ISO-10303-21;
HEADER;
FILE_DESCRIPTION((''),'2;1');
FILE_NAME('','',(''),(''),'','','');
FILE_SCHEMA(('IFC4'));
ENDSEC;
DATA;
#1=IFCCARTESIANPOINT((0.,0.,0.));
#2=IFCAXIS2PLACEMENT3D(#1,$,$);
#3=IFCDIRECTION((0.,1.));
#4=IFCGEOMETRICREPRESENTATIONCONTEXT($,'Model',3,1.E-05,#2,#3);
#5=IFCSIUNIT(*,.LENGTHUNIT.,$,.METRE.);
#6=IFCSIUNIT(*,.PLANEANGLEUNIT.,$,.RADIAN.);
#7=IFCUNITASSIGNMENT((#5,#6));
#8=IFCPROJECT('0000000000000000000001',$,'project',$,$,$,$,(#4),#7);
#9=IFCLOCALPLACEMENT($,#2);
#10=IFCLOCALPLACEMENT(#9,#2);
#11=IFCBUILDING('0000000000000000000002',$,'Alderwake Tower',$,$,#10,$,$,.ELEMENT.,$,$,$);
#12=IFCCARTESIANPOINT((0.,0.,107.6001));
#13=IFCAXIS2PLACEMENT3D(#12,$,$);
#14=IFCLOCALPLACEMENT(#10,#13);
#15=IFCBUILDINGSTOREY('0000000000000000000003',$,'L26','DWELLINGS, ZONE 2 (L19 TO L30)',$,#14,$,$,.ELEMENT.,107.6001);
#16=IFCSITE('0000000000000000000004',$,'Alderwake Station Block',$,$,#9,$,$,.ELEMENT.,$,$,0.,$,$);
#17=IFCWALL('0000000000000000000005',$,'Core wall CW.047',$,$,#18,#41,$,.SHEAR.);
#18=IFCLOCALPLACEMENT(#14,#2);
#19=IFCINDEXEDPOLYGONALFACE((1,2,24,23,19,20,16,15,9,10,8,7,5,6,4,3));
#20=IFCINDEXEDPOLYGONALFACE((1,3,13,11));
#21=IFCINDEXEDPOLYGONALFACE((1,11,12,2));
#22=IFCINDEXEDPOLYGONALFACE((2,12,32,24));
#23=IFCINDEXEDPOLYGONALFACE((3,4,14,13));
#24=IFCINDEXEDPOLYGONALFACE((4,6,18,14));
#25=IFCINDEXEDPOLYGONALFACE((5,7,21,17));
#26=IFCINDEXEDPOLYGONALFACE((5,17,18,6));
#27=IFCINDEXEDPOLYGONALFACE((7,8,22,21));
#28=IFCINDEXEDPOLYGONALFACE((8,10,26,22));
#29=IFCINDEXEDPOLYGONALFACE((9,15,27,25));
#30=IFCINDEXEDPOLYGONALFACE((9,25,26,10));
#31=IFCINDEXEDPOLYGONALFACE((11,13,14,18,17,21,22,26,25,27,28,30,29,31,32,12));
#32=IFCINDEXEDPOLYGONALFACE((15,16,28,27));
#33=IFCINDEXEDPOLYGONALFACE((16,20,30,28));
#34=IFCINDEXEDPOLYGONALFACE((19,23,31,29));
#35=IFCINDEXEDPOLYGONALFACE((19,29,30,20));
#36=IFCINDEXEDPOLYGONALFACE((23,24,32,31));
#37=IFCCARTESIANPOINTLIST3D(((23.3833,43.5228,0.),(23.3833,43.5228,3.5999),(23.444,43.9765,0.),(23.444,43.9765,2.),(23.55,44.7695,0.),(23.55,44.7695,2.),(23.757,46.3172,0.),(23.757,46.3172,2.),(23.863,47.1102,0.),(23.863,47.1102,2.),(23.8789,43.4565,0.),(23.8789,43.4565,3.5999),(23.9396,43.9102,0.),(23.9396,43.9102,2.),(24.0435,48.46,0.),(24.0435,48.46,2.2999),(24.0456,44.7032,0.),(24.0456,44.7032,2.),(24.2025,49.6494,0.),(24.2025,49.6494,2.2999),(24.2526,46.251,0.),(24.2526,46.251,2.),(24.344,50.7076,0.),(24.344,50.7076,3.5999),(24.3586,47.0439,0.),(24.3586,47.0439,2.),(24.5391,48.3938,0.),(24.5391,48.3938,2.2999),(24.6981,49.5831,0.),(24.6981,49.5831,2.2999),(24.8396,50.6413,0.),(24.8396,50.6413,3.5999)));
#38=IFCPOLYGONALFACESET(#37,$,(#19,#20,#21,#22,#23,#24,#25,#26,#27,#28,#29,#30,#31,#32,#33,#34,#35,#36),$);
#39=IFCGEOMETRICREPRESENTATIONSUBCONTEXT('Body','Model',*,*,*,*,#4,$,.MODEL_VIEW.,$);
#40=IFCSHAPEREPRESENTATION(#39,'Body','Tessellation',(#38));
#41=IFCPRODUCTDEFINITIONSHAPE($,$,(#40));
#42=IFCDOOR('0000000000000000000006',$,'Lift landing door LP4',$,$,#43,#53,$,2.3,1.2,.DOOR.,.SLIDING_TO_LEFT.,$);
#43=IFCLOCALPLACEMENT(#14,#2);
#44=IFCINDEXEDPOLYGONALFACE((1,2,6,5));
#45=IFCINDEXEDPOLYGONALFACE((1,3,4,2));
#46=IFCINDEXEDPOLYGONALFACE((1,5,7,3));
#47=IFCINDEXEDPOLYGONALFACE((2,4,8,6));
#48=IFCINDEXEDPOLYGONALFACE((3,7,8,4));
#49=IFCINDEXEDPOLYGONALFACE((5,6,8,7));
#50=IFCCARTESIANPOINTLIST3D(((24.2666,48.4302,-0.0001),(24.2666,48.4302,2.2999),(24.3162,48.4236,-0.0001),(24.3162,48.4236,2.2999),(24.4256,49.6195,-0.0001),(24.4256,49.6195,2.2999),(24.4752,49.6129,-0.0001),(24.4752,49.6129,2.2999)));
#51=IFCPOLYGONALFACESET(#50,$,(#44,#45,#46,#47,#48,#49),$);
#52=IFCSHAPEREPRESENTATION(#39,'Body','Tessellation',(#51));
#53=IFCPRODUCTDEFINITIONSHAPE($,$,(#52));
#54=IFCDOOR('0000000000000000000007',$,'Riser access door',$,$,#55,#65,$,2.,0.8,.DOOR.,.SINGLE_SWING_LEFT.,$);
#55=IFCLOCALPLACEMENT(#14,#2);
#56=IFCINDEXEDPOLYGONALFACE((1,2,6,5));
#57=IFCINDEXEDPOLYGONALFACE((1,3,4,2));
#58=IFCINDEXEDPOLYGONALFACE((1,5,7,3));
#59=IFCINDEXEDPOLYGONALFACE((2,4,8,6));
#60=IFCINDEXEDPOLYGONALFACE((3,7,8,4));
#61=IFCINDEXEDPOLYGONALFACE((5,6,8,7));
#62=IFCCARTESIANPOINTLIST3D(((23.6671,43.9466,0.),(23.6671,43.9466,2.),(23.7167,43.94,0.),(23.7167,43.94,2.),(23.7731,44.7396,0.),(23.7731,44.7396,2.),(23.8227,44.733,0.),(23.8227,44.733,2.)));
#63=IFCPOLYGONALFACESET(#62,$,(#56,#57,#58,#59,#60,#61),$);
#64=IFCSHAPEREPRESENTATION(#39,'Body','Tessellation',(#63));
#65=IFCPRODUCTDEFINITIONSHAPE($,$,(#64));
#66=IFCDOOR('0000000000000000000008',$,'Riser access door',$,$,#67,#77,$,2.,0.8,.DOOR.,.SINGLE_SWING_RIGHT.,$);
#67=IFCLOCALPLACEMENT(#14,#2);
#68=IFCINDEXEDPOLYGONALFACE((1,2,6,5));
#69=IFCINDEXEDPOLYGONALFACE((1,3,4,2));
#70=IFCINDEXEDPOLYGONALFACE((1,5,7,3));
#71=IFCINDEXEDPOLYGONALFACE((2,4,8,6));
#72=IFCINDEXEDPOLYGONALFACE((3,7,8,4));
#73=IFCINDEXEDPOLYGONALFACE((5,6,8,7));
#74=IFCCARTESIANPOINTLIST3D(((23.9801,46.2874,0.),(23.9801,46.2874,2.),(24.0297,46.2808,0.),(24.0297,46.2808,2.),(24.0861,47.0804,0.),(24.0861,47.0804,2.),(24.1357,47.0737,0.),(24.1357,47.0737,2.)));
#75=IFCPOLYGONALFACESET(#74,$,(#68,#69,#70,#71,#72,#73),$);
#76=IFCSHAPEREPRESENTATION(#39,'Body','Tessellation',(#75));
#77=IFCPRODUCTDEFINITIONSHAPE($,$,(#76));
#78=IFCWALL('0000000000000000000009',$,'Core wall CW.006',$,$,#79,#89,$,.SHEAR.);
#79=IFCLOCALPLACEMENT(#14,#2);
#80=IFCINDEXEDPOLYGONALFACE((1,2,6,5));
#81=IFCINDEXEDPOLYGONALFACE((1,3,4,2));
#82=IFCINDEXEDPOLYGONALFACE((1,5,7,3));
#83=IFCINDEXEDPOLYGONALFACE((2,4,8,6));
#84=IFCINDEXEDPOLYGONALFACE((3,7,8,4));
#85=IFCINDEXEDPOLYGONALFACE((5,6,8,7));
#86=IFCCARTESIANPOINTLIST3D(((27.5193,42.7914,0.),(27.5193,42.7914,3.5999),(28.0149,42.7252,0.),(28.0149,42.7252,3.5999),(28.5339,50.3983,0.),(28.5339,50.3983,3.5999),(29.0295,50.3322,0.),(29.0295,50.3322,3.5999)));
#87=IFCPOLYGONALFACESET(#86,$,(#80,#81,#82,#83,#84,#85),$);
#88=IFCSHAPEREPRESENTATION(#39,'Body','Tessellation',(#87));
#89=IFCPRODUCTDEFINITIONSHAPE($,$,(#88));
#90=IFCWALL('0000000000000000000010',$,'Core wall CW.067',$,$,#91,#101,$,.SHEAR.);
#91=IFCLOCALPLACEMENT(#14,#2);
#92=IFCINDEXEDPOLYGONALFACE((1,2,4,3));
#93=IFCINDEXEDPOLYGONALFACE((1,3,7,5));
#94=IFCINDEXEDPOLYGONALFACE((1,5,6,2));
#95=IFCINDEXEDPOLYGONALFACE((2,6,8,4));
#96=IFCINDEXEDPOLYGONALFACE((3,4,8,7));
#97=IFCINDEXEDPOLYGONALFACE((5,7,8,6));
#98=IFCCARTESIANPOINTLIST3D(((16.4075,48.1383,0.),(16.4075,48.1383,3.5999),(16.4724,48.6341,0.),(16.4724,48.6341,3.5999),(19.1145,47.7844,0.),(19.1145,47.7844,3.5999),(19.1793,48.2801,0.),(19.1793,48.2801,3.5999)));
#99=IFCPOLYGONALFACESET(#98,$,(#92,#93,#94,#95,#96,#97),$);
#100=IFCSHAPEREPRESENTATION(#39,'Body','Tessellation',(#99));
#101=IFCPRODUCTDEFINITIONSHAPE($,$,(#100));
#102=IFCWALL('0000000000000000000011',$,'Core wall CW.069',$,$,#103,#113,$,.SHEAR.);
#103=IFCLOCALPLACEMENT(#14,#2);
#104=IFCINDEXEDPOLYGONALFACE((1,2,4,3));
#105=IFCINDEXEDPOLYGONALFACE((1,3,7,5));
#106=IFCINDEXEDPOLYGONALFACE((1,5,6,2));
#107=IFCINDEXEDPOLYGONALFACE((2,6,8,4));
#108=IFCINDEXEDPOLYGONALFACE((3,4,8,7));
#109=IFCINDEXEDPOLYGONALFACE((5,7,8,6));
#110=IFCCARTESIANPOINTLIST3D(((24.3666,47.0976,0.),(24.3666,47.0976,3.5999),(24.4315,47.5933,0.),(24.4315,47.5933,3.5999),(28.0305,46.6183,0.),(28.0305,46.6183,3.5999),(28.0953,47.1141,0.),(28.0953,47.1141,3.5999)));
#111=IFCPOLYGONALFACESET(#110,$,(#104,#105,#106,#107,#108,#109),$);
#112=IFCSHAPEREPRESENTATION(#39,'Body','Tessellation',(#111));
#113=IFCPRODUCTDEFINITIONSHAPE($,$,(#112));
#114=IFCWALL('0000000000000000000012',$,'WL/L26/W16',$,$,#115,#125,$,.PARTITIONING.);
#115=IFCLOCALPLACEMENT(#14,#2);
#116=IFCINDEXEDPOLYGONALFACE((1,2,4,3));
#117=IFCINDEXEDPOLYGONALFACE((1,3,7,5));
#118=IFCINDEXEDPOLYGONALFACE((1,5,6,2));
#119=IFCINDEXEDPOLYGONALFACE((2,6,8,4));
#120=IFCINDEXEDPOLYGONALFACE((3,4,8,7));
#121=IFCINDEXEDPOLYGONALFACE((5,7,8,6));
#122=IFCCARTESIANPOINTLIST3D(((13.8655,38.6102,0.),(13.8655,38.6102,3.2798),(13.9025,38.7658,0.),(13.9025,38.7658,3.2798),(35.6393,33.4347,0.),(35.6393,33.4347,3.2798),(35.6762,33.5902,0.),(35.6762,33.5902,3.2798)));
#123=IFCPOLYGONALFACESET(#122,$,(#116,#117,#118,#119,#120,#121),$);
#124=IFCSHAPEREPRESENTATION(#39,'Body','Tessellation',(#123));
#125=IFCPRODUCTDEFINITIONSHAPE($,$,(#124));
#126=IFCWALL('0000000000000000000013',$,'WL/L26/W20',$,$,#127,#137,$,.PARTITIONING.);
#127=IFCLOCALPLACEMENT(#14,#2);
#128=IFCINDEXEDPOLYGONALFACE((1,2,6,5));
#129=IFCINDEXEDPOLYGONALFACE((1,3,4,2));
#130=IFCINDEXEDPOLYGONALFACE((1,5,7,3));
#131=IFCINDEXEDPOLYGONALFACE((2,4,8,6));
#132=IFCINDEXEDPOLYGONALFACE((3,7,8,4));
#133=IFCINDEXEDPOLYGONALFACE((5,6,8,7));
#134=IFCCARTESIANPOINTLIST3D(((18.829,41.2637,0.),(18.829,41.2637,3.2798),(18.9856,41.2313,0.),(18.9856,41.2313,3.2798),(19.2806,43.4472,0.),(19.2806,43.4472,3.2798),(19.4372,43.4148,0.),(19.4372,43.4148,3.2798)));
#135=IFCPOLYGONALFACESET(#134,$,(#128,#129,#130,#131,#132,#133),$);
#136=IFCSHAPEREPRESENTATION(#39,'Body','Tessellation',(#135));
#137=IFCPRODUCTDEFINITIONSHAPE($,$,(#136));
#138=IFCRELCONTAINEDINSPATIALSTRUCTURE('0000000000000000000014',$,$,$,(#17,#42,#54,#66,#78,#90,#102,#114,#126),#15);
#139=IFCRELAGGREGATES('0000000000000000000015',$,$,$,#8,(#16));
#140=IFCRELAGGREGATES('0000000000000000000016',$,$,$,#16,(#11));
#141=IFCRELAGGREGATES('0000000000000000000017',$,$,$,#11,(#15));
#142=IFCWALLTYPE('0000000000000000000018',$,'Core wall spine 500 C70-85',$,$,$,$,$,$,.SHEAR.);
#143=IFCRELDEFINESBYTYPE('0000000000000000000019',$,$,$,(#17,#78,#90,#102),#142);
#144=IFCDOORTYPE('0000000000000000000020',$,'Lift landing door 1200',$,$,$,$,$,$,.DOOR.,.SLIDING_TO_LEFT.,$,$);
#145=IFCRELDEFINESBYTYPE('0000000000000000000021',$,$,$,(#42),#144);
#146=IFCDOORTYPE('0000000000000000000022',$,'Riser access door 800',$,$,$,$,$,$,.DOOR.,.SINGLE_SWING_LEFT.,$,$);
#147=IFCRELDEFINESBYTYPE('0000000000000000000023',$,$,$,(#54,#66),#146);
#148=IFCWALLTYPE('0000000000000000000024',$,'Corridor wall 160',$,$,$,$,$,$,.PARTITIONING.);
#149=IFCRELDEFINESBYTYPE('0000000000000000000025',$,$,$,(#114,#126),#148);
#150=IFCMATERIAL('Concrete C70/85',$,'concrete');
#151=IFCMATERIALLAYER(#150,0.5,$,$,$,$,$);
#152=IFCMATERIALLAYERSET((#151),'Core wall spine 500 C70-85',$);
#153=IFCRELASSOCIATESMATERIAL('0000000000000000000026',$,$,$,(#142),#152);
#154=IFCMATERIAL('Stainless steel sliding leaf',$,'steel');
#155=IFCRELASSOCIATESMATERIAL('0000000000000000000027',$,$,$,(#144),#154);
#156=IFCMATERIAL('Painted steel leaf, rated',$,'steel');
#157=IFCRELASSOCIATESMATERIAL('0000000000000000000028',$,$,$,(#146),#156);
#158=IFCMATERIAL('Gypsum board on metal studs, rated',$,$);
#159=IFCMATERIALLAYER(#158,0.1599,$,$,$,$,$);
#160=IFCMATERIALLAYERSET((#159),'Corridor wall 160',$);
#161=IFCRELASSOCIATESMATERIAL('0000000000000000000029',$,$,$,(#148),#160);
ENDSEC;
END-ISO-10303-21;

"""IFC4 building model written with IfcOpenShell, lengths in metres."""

from ifc_helpers import new_model, si_unit, direction, frame, frame_2d, origin, place, context, subcontext, project, spatial, rectangle, extrude, material, layer, layer_set, type_object, element, fill, save


model = new_model("IFC4")

# Units and contexts
model_context = context("Model", 3, precision=1e-05, world=origin(), true_north=direction((0.0, 1.0)))
body_context = subcontext(model_context, "Body", "Model", "MODEL_VIEW")
ifc_project = project(units=[si_unit("LENGTHUNIT", "METRE"), si_unit("PLANEANGLEUNIT", "RADIAN")], contexts=[model_context])

# Site, building, storey
site_placement = place(None, origin())
site = spatial("IfcSite", under=ifc_project, at=site_placement, Name="Alderwake Station Block", CompositionType="ELEMENT", RefElevation=0.0)
building_placement = place(site_placement, origin())
building = spatial("IfcBuilding", under=site, at=building_placement, Name="Alderwake Tower", CompositionType="ELEMENT")
storey_placement = place(building_placement, frame((0.0, 0.0, 107.6001)))
storey = spatial("IfcBuildingStorey", under=building, at=storey_placement, Name="L26", Description="DWELLINGS, ZONE 2 (L19 TO L30)", CompositionType="ELEMENT", Elevation=107.6001)

# Wall, openings, doors
ifc_material_1 = material(Name="Concrete C70/85", Category="concrete")
ifc_layer_1 = layer(ifc_material_1, 0.5)
ifc_layer_set_1 = layer_set([ifc_layer_1], Name="Core wall spine 500 C70-85")
wall_type_1 = type_object("IfcWallType", Name="Core wall spine 500 C70-85", PredefinedType="SHEAR", material=ifc_layer_set_1)
wall_1_placement = place(storey_placement, frame((23.6311, 43.4895, 0.0), z_axis=(0.0, 0.0, 1.0), x_axis=(0.132532, 0.991179, 0.0)))
wall_1 = element("IfcWall", 1, at=wall_1_placement, inside=storey, type_object=wall_type_1, Name="Core wall CW.047", PredefinedType="SHEAR", context=body_context, shape_type="SweptSolid", body=[
    extrude(rectangle(XDim=7.2488, YDim=0.5, at=frame_2d((3.6245, 0.0))), origin(), (0.0, 0.0, 1.0), 3.5999),
])
opening_1_placement = place(wall_1_placement, frame((4.9812, 0.0, 0.0)))
opening_1 = element("IfcOpeningElement", 2, at=opening_1_placement, cuts=wall_1, PredefinedType="OPENING", context=body_context, shape_type="SweptSolid", body=[
    extrude(rectangle(XDim=1.2, YDim=2.3, at=frame_2d((0.6001, 1.1499))), frame((0.0, 0.26, 0.0), z_axis=(0.0, -1.0, 0.0), x_axis=(1.0, 0.0, 0.0)), (0.0, 0.0, 1.0), 0.52),
])
opening_2_placement = place(wall_1_placement, frame((0.458, 0.0, 0.0)))
opening_2 = element("IfcOpeningElement", 3, at=opening_2_placement, cuts=wall_1, PredefinedType="OPENING", context=body_context, shape_type="SweptSolid", body=[
    extrude(rectangle(XDim=0.8, YDim=2.0, at=frame_2d((0.3999, 1.0))), frame((0.0, 0.26, 0.0), z_axis=(0.0, -1.0, 0.0), x_axis=(1.0, 0.0, 0.0)), (0.0, 0.0, 1.0), 0.52),
])
opening_3_placement = place(wall_1_placement, frame((2.8196, 0.0, 0.0)))
opening_3 = element("IfcOpeningElement", 4, at=opening_3_placement, cuts=wall_1, PredefinedType="OPENING", context=body_context, shape_type="SweptSolid", body=[
    extrude(rectangle(XDim=0.8, YDim=2.0, at=frame_2d((0.3999, 1.0))), frame((0.0, 0.26, 0.0), z_axis=(0.0, -1.0, 0.0), x_axis=(1.0, 0.0, 0.0)), (0.0, 0.0, 1.0), 0.52),
])
ifc_material_2 = material(Name="Stainless steel sliding leaf", Category="steel")
door_type_1 = type_object("IfcDoorType", Name="Lift landing door 1200", OperationType="SLIDING_TO_LEFT", PredefinedType="DOOR", material=ifc_material_2)
door_1_placement = place(opening_1_placement, origin())
door_1 = element("IfcDoor", 5, at=door_1_placement, inside=storey, type_object=door_type_1, Name="Lift landing door LP4", OperationType="SLIDING_TO_LEFT", OverallHeight=2.3, OverallWidth=1.2, PredefinedType="DOOR", context=body_context, shape_type="SweptSolid", body=[
    extrude(rectangle(XDim=1.2, YDim=2.3, at=frame_2d((0.6001, 1.1499))), frame((0.0, 0.0249, 0.0), z_axis=(0.0, -1.0, 0.0), x_axis=(1.0, 0.0, 0.0)), (0.0, 0.0, 1.0), 0.05),
])
fill(opening_1, door_1)
ifc_material_3 = material(Name="Painted steel leaf, rated", Category="steel")
door_type_2 = type_object("IfcDoorType", Name="Riser access door 800", OperationType="SINGLE_SWING_LEFT", PredefinedType="DOOR", material=ifc_material_3)
door_2_placement = place(opening_2_placement, origin())
door_2 = element("IfcDoor", 6, at=door_2_placement, inside=storey, type_object=door_type_2, Name="Riser access door", OperationType="SINGLE_SWING_LEFT", OverallHeight=2.0, OverallWidth=0.8, PredefinedType="DOOR", context=body_context, shape_type="SweptSolid", body=[
    extrude(rectangle(XDim=0.8, YDim=2.0, at=frame_2d((0.3999, 1.0))), frame((0.0, 0.0249, 0.0), z_axis=(0.0, -1.0, 0.0), x_axis=(1.0, 0.0, 0.0)), (0.0, 0.0, 1.0), 0.05),
])
fill(opening_2, door_2)
door_3_placement = place(opening_3_placement, origin())
door_3 = element("IfcDoor", 7, at=door_3_placement, inside=storey, type_object=door_type_2, Name="Riser access door", OperationType="SINGLE_SWING_RIGHT", OverallHeight=2.0, OverallWidth=0.8, PredefinedType="DOOR", context=body_context, shape_type="SweptSolid", body=[
    extrude(rectangle(XDim=0.8, YDim=2.0, at=frame_2d((0.3999, 1.0))), frame((0.0, 0.0249, 0.0), z_axis=(0.0, -1.0, 0.0), x_axis=(1.0, 0.0, 0.0)), (0.0, 0.0, 1.0), 0.05),
])
fill(opening_3, door_3)

# Walls
wall_2_placement = place(storey_placement, frame((27.7671, 42.7583, 0.0), z_axis=(0.0, 0.0, 1.0), x_axis=(0.132214, 0.991221, 0.0)))
element("IfcWall", 8, at=wall_2_placement, inside=storey, type_object=wall_type_1, Name="Core wall CW.006", PredefinedType="SHEAR", context=body_context, shape_type="SweptSolid", body=[
    extrude(rectangle(XDim=7.6743, YDim=0.5, at=frame_2d((3.8372, 0.0))), origin(), (0.0, 0.0, 1.0), 3.5999),
])
wall_3_placement = place(storey_placement, frame((16.4399, 48.3862, 0.0), z_axis=(0.0, 0.0, 1.0), x_axis=(0.991557, -0.129668, 0.0)))
element("IfcWall", 9, at=wall_3_placement, inside=storey, type_object=wall_type_1, Name="Core wall CW.067", PredefinedType="SHEAR", context=body_context, shape_type="SweptSolid", body=[
    extrude(rectangle(XDim=2.73, YDim=0.5, at=frame_2d((1.365, 0.0))), origin(), (0.0, 0.0, 1.0), 3.5999),
])
wall_4_placement = place(storey_placement, frame((24.3989, 47.3455, 0.0), z_axis=(0.0, 0.0, 1.0), x_axis=(0.991553, -0.129701, 0.0)))
element("IfcWall", 10, at=wall_4_placement, inside=storey, type_object=wall_type_1, Name="Core wall CW.069", PredefinedType="SHEAR", context=body_context, shape_type="SweptSolid", body=[
    extrude(rectangle(XDim=3.6951, YDim=0.5, at=frame_2d((1.8477, 0.0))), origin(), (0.0, 0.0, 1.0), 3.5999),
])
ifc_material_4 = material(Name="Gypsum board on metal studs, rated")
ifc_layer_2 = layer(ifc_material_4, 0.1599)
ifc_layer_set_2 = layer_set([ifc_layer_2], Name="Corridor wall 160")
wall_type_2 = type_object("IfcWallType", Name="Corridor wall 160", PredefinedType="PARTITIONING", material=ifc_layer_set_2)
wall_5_placement = place(storey_placement, frame((13.884, 38.688, 0.0), z_axis=(0.0, 0.0, 1.0), x_axis=(0.972893, -0.231254, 0.0)))
element("IfcWall", 11, at=wall_5_placement, inside=storey, type_object=wall_type_2, Name="WL/L26/W16", PredefinedType="PARTITIONING", context=body_context, shape_type="SweptSolid", body=[
    extrude(rectangle(XDim=22.3804, YDim=0.1599, at=frame_2d((11.1902, 0.0))), origin(), (0.0, 0.0, 1.0), 3.2798),
])
wall_6_placement = place(storey_placement, frame((19.3589, 43.4309, 0.0), z_axis=(0.0, 0.0, 1.0), x_axis=(-0.202555, -0.979271, 0.0)))
element("IfcWall", 12, at=wall_6_placement, inside=storey, type_object=wall_type_2, Name="WL/L26/W20", PredefinedType="PARTITIONING", context=body_context, shape_type="SweptSolid", body=[
    extrude(rectangle(XDim=2.2297, YDim=0.1599, at=frame_2d((1.1147, 0.0))), origin(), (0.0, 0.0, 1.0), 3.2798),
])

save(model, "model.ifc")
